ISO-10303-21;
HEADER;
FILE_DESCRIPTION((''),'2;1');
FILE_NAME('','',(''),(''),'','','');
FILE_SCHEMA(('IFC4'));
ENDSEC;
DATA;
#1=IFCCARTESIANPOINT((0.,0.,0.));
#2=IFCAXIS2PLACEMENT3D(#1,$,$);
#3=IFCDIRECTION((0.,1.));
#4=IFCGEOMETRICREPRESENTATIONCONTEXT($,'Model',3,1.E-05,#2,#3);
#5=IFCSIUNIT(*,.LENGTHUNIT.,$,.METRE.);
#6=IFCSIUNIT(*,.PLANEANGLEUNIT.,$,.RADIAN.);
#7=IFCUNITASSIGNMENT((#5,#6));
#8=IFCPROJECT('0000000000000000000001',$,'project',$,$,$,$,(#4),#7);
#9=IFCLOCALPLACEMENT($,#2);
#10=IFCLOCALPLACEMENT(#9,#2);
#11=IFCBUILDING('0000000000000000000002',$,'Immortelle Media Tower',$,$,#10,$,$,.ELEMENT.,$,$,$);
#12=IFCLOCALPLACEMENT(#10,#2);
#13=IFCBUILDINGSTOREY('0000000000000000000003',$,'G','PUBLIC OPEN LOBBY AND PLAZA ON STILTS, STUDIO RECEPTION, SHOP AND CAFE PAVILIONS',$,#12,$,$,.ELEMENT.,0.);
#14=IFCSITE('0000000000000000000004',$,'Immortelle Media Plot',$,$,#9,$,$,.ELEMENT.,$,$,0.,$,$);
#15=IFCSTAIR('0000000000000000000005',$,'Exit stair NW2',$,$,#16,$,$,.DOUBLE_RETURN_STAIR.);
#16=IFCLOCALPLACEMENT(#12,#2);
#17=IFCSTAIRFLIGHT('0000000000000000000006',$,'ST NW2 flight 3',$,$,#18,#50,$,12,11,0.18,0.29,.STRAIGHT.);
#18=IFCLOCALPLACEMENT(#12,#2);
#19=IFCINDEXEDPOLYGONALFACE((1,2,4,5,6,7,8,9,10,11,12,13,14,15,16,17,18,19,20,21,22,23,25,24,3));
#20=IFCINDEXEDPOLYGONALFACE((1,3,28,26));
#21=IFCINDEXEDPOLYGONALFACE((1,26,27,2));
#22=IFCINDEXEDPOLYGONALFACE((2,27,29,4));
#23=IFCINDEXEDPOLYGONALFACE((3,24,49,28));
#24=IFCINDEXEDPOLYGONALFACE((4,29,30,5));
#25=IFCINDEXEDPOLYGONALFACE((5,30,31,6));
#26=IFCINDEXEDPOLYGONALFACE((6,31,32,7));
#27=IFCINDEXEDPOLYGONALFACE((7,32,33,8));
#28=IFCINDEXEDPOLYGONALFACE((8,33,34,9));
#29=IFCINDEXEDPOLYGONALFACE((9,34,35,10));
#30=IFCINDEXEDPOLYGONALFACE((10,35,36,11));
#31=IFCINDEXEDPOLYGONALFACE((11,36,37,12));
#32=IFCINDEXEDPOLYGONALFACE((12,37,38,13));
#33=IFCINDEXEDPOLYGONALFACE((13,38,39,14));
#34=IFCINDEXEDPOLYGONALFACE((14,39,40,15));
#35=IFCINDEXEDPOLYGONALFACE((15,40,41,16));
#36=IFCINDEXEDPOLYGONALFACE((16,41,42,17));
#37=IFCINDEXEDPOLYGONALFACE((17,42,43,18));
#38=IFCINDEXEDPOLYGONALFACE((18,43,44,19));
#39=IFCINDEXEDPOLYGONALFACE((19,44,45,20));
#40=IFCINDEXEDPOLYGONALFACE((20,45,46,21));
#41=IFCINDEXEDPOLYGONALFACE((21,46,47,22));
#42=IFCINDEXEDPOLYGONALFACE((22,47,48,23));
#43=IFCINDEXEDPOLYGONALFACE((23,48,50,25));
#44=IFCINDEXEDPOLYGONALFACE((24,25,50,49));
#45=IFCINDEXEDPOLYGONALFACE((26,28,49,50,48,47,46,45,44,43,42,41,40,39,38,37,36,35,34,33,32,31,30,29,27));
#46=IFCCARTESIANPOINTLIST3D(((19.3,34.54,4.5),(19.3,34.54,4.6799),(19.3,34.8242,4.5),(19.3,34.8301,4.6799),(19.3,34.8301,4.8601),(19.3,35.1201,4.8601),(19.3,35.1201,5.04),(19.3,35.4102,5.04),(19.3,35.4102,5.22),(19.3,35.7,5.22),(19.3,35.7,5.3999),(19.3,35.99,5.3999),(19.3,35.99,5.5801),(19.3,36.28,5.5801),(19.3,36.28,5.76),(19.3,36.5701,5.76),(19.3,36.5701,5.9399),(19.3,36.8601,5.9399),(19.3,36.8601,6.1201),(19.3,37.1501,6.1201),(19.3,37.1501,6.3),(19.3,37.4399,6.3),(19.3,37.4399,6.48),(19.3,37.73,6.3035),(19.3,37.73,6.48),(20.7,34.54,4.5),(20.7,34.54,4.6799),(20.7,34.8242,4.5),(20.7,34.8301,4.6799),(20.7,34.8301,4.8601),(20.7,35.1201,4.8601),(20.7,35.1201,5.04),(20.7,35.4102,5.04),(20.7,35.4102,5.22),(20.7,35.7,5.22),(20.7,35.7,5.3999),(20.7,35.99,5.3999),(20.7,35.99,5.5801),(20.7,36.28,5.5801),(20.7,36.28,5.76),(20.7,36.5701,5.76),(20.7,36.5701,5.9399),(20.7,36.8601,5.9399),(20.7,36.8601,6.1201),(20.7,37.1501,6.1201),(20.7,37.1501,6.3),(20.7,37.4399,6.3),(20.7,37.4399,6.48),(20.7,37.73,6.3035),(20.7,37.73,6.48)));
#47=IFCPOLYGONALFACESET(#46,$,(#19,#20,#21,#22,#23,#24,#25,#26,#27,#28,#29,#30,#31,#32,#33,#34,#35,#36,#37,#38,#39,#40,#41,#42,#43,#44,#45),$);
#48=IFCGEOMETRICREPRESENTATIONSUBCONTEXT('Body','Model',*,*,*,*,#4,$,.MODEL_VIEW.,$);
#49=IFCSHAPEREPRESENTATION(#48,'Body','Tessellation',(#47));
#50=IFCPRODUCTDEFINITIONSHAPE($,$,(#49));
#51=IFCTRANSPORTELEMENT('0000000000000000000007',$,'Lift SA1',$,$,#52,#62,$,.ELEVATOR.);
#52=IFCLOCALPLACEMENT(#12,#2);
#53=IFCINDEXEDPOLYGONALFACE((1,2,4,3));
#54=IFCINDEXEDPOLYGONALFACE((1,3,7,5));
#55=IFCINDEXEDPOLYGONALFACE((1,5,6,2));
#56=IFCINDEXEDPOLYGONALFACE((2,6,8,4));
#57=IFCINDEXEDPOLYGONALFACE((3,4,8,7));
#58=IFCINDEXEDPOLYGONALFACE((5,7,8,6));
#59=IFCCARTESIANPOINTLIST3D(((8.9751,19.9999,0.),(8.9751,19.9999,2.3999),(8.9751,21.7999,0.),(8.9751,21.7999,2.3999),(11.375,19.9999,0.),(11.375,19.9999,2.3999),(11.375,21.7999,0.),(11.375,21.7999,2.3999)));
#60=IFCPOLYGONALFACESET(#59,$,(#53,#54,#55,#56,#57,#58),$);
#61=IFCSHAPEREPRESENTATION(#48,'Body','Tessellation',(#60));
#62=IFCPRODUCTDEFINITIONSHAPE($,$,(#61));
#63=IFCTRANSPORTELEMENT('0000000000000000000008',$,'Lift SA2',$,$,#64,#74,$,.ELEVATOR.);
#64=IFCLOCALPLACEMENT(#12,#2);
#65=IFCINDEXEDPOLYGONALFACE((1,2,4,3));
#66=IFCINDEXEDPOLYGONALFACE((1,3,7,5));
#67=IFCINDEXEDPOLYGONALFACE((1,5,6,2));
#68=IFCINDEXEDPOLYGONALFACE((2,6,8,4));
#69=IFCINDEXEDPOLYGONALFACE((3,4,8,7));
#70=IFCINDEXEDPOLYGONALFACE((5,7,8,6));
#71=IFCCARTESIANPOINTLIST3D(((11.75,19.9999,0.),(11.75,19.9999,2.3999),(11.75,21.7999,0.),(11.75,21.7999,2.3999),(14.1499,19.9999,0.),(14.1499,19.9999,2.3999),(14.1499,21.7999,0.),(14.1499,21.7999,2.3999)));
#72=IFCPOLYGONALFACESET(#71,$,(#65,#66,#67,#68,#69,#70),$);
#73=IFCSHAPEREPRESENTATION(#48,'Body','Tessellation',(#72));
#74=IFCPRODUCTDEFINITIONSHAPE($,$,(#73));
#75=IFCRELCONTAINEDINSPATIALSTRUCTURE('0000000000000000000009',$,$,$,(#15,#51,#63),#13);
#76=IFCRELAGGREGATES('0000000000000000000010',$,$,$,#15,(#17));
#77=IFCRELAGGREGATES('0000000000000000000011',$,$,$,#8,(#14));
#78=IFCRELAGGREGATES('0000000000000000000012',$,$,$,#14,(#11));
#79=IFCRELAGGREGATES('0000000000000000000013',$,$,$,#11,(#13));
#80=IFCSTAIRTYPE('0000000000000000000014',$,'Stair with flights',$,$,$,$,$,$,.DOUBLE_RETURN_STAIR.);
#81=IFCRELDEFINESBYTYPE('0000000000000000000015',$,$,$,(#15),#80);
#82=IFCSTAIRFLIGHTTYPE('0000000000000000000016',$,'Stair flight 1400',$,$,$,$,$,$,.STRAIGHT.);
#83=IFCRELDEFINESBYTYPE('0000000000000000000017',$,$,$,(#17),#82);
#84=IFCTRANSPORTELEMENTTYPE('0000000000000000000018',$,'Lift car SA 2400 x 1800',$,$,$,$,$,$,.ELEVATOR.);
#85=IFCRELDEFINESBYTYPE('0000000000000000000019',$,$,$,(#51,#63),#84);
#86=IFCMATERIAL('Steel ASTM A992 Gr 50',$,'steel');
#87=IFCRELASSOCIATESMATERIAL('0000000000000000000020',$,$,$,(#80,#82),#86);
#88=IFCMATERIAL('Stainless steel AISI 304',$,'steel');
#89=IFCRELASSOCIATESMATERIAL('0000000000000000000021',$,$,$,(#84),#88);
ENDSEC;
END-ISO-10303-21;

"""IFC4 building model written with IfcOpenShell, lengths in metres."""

from ifc_helpers import new_model, si_unit, direction, frame, origin, origin_2d, place, context, subcontext, project, spatial, polyline, rectangle, outline, extrude, material, type_object, element, aggregate, save


model = new_model("IFC4")

# Units and contexts
model_context = context("Model", 3, precision=1e-05, world=origin(), true_north=direction((0.0, 1.0)))
body_context = subcontext(model_context, "Body", "Model", "MODEL_VIEW")
ifc_project = project(units=[si_unit("LENGTHUNIT", "METRE"), si_unit("PLANEANGLEUNIT", "RADIAN")], contexts=[model_context])

# Site, building, storey
site_placement = place(None, origin())
site = spatial("IfcSite", under=ifc_project, at=site_placement, Name="Immortelle Media Plot", CompositionType="ELEMENT", RefElevation=0.0)
building_placement = place(site_placement, origin())
building = spatial("IfcBuilding", under=site, at=building_placement, Name="Immortelle Media Tower", CompositionType="ELEMENT")
storey_placement = place(building_placement, origin())
storey = spatial("IfcBuildingStorey", under=building, at=storey_placement, Name="G", Description="PUBLIC OPEN LOBBY AND PLAZA ON STILTS, STUDIO RECEPTION, SHOP AND CAFE PAVILIONS", CompositionType="ELEMENT", Elevation=0.0)

# Shared definitions
ifc_material_1 = material(Name="Steel ASTM A992 Gr 50", Category="steel")

# Shared definitions
ifc_material_2 = material(Name="Stainless steel AISI 304", Category="steel")

# Stair, stair flight
stair_type = type_object("IfcStairType", Name="Stair with flights", PredefinedType="DOUBLE_RETURN_STAIR", material=ifc_material_1)
stair_flight_type = type_object("IfcStairFlightType", Name="Stair flight 1400", PredefinedType="STRAIGHT", material=ifc_material_1)
stair_1_placement = place(storey_placement, origin())
stair_1 = element("IfcStair", 1, at=stair_1_placement, inside=storey, type_object=stair_type, Name="Exit stair NW2", PredefinedType="DOUBLE_RETURN_STAIR")
stair_flight_1_placement = place(storey_placement, frame((20.0, 34.54, 4.5), z_axis=(0.0, 0.0, 1.0), x_axis=(0.0, 1.0, 0.0)))
stair_flight_1 = element("IfcStairFlight", 2, at=stair_flight_1_placement, type_object=stair_flight_type, Name="ST NW2 flight 3", NumberOfRisers=12, NumberOfTreads=11, PredefinedType="STRAIGHT", RiserHeight=0.18, TreadLength=0.29, context=body_context, shape_type="SweptSolid", body=[
    extrude(outline(polyline([(0.0, 0.0), (0.0, 0.1799), (0.29, 0.1799), (0.29, 0.3601), (0.5801, 0.3601), (0.5801, 0.54), (0.8701, 0.54), (0.8701, 0.72), (1.1599, 0.72), (1.1599, 0.8999), (1.45, 0.8999), (1.45, 1.0801), (1.74, 1.0801), (1.74, 1.26), (2.03, 1.26), (2.03, 1.4399), (2.3201, 1.4399), (2.3201, 1.6201), (2.6101, 1.6201), (2.6101, 1.8), (2.8999, 1.8), (2.8999, 1.98), (3.1899, 1.98), (3.1899, 2.1599), (3.1899, 1.8035), (0.2842, 0.0), (0.0, 0.0)])), frame((0.0, 0.7, 0.0), z_axis=(0.0, -1.0, 0.0), x_axis=(1.0, 0.0, 0.0)), (0.0, 0.0, 1.0), 1.3999),
])
aggregate(stair_1, [stair_flight_1])

# Transport elements
transport_element_type = type_object("IfcTransportElementType", Name="Lift car SA 2400 x 1800", PredefinedType="ELEVATOR", material=ifc_material_2)
for number, where, z_axis, x_axis, name in (
    (3, (10.175, 20.8999, 0.0), (0.0, 0.0, 1.0), (1.0, 0.0, 0.0), "Lift SA1"),
    (4, (12.95, 20.8999, 0.0), (0.0, 0.0, 1.0), (1.0, 0.0, 0.0), "Lift SA2"),
):
    element("IfcTransportElement", number, at=place(storey_placement, frame(where, z_axis=z_axis, x_axis=x_axis)), inside=storey, type_object=transport_element_type, Name=name, PredefinedType="ELEVATOR", context=body_context, shape_type="SweptSolid", body=[
        extrude(rectangle(XDim=2.3999, YDim=1.8, at=origin_2d()), origin(), (0.0, 0.0, 1.0), 2.3999),
    ])

save(model, "model.ifc")
